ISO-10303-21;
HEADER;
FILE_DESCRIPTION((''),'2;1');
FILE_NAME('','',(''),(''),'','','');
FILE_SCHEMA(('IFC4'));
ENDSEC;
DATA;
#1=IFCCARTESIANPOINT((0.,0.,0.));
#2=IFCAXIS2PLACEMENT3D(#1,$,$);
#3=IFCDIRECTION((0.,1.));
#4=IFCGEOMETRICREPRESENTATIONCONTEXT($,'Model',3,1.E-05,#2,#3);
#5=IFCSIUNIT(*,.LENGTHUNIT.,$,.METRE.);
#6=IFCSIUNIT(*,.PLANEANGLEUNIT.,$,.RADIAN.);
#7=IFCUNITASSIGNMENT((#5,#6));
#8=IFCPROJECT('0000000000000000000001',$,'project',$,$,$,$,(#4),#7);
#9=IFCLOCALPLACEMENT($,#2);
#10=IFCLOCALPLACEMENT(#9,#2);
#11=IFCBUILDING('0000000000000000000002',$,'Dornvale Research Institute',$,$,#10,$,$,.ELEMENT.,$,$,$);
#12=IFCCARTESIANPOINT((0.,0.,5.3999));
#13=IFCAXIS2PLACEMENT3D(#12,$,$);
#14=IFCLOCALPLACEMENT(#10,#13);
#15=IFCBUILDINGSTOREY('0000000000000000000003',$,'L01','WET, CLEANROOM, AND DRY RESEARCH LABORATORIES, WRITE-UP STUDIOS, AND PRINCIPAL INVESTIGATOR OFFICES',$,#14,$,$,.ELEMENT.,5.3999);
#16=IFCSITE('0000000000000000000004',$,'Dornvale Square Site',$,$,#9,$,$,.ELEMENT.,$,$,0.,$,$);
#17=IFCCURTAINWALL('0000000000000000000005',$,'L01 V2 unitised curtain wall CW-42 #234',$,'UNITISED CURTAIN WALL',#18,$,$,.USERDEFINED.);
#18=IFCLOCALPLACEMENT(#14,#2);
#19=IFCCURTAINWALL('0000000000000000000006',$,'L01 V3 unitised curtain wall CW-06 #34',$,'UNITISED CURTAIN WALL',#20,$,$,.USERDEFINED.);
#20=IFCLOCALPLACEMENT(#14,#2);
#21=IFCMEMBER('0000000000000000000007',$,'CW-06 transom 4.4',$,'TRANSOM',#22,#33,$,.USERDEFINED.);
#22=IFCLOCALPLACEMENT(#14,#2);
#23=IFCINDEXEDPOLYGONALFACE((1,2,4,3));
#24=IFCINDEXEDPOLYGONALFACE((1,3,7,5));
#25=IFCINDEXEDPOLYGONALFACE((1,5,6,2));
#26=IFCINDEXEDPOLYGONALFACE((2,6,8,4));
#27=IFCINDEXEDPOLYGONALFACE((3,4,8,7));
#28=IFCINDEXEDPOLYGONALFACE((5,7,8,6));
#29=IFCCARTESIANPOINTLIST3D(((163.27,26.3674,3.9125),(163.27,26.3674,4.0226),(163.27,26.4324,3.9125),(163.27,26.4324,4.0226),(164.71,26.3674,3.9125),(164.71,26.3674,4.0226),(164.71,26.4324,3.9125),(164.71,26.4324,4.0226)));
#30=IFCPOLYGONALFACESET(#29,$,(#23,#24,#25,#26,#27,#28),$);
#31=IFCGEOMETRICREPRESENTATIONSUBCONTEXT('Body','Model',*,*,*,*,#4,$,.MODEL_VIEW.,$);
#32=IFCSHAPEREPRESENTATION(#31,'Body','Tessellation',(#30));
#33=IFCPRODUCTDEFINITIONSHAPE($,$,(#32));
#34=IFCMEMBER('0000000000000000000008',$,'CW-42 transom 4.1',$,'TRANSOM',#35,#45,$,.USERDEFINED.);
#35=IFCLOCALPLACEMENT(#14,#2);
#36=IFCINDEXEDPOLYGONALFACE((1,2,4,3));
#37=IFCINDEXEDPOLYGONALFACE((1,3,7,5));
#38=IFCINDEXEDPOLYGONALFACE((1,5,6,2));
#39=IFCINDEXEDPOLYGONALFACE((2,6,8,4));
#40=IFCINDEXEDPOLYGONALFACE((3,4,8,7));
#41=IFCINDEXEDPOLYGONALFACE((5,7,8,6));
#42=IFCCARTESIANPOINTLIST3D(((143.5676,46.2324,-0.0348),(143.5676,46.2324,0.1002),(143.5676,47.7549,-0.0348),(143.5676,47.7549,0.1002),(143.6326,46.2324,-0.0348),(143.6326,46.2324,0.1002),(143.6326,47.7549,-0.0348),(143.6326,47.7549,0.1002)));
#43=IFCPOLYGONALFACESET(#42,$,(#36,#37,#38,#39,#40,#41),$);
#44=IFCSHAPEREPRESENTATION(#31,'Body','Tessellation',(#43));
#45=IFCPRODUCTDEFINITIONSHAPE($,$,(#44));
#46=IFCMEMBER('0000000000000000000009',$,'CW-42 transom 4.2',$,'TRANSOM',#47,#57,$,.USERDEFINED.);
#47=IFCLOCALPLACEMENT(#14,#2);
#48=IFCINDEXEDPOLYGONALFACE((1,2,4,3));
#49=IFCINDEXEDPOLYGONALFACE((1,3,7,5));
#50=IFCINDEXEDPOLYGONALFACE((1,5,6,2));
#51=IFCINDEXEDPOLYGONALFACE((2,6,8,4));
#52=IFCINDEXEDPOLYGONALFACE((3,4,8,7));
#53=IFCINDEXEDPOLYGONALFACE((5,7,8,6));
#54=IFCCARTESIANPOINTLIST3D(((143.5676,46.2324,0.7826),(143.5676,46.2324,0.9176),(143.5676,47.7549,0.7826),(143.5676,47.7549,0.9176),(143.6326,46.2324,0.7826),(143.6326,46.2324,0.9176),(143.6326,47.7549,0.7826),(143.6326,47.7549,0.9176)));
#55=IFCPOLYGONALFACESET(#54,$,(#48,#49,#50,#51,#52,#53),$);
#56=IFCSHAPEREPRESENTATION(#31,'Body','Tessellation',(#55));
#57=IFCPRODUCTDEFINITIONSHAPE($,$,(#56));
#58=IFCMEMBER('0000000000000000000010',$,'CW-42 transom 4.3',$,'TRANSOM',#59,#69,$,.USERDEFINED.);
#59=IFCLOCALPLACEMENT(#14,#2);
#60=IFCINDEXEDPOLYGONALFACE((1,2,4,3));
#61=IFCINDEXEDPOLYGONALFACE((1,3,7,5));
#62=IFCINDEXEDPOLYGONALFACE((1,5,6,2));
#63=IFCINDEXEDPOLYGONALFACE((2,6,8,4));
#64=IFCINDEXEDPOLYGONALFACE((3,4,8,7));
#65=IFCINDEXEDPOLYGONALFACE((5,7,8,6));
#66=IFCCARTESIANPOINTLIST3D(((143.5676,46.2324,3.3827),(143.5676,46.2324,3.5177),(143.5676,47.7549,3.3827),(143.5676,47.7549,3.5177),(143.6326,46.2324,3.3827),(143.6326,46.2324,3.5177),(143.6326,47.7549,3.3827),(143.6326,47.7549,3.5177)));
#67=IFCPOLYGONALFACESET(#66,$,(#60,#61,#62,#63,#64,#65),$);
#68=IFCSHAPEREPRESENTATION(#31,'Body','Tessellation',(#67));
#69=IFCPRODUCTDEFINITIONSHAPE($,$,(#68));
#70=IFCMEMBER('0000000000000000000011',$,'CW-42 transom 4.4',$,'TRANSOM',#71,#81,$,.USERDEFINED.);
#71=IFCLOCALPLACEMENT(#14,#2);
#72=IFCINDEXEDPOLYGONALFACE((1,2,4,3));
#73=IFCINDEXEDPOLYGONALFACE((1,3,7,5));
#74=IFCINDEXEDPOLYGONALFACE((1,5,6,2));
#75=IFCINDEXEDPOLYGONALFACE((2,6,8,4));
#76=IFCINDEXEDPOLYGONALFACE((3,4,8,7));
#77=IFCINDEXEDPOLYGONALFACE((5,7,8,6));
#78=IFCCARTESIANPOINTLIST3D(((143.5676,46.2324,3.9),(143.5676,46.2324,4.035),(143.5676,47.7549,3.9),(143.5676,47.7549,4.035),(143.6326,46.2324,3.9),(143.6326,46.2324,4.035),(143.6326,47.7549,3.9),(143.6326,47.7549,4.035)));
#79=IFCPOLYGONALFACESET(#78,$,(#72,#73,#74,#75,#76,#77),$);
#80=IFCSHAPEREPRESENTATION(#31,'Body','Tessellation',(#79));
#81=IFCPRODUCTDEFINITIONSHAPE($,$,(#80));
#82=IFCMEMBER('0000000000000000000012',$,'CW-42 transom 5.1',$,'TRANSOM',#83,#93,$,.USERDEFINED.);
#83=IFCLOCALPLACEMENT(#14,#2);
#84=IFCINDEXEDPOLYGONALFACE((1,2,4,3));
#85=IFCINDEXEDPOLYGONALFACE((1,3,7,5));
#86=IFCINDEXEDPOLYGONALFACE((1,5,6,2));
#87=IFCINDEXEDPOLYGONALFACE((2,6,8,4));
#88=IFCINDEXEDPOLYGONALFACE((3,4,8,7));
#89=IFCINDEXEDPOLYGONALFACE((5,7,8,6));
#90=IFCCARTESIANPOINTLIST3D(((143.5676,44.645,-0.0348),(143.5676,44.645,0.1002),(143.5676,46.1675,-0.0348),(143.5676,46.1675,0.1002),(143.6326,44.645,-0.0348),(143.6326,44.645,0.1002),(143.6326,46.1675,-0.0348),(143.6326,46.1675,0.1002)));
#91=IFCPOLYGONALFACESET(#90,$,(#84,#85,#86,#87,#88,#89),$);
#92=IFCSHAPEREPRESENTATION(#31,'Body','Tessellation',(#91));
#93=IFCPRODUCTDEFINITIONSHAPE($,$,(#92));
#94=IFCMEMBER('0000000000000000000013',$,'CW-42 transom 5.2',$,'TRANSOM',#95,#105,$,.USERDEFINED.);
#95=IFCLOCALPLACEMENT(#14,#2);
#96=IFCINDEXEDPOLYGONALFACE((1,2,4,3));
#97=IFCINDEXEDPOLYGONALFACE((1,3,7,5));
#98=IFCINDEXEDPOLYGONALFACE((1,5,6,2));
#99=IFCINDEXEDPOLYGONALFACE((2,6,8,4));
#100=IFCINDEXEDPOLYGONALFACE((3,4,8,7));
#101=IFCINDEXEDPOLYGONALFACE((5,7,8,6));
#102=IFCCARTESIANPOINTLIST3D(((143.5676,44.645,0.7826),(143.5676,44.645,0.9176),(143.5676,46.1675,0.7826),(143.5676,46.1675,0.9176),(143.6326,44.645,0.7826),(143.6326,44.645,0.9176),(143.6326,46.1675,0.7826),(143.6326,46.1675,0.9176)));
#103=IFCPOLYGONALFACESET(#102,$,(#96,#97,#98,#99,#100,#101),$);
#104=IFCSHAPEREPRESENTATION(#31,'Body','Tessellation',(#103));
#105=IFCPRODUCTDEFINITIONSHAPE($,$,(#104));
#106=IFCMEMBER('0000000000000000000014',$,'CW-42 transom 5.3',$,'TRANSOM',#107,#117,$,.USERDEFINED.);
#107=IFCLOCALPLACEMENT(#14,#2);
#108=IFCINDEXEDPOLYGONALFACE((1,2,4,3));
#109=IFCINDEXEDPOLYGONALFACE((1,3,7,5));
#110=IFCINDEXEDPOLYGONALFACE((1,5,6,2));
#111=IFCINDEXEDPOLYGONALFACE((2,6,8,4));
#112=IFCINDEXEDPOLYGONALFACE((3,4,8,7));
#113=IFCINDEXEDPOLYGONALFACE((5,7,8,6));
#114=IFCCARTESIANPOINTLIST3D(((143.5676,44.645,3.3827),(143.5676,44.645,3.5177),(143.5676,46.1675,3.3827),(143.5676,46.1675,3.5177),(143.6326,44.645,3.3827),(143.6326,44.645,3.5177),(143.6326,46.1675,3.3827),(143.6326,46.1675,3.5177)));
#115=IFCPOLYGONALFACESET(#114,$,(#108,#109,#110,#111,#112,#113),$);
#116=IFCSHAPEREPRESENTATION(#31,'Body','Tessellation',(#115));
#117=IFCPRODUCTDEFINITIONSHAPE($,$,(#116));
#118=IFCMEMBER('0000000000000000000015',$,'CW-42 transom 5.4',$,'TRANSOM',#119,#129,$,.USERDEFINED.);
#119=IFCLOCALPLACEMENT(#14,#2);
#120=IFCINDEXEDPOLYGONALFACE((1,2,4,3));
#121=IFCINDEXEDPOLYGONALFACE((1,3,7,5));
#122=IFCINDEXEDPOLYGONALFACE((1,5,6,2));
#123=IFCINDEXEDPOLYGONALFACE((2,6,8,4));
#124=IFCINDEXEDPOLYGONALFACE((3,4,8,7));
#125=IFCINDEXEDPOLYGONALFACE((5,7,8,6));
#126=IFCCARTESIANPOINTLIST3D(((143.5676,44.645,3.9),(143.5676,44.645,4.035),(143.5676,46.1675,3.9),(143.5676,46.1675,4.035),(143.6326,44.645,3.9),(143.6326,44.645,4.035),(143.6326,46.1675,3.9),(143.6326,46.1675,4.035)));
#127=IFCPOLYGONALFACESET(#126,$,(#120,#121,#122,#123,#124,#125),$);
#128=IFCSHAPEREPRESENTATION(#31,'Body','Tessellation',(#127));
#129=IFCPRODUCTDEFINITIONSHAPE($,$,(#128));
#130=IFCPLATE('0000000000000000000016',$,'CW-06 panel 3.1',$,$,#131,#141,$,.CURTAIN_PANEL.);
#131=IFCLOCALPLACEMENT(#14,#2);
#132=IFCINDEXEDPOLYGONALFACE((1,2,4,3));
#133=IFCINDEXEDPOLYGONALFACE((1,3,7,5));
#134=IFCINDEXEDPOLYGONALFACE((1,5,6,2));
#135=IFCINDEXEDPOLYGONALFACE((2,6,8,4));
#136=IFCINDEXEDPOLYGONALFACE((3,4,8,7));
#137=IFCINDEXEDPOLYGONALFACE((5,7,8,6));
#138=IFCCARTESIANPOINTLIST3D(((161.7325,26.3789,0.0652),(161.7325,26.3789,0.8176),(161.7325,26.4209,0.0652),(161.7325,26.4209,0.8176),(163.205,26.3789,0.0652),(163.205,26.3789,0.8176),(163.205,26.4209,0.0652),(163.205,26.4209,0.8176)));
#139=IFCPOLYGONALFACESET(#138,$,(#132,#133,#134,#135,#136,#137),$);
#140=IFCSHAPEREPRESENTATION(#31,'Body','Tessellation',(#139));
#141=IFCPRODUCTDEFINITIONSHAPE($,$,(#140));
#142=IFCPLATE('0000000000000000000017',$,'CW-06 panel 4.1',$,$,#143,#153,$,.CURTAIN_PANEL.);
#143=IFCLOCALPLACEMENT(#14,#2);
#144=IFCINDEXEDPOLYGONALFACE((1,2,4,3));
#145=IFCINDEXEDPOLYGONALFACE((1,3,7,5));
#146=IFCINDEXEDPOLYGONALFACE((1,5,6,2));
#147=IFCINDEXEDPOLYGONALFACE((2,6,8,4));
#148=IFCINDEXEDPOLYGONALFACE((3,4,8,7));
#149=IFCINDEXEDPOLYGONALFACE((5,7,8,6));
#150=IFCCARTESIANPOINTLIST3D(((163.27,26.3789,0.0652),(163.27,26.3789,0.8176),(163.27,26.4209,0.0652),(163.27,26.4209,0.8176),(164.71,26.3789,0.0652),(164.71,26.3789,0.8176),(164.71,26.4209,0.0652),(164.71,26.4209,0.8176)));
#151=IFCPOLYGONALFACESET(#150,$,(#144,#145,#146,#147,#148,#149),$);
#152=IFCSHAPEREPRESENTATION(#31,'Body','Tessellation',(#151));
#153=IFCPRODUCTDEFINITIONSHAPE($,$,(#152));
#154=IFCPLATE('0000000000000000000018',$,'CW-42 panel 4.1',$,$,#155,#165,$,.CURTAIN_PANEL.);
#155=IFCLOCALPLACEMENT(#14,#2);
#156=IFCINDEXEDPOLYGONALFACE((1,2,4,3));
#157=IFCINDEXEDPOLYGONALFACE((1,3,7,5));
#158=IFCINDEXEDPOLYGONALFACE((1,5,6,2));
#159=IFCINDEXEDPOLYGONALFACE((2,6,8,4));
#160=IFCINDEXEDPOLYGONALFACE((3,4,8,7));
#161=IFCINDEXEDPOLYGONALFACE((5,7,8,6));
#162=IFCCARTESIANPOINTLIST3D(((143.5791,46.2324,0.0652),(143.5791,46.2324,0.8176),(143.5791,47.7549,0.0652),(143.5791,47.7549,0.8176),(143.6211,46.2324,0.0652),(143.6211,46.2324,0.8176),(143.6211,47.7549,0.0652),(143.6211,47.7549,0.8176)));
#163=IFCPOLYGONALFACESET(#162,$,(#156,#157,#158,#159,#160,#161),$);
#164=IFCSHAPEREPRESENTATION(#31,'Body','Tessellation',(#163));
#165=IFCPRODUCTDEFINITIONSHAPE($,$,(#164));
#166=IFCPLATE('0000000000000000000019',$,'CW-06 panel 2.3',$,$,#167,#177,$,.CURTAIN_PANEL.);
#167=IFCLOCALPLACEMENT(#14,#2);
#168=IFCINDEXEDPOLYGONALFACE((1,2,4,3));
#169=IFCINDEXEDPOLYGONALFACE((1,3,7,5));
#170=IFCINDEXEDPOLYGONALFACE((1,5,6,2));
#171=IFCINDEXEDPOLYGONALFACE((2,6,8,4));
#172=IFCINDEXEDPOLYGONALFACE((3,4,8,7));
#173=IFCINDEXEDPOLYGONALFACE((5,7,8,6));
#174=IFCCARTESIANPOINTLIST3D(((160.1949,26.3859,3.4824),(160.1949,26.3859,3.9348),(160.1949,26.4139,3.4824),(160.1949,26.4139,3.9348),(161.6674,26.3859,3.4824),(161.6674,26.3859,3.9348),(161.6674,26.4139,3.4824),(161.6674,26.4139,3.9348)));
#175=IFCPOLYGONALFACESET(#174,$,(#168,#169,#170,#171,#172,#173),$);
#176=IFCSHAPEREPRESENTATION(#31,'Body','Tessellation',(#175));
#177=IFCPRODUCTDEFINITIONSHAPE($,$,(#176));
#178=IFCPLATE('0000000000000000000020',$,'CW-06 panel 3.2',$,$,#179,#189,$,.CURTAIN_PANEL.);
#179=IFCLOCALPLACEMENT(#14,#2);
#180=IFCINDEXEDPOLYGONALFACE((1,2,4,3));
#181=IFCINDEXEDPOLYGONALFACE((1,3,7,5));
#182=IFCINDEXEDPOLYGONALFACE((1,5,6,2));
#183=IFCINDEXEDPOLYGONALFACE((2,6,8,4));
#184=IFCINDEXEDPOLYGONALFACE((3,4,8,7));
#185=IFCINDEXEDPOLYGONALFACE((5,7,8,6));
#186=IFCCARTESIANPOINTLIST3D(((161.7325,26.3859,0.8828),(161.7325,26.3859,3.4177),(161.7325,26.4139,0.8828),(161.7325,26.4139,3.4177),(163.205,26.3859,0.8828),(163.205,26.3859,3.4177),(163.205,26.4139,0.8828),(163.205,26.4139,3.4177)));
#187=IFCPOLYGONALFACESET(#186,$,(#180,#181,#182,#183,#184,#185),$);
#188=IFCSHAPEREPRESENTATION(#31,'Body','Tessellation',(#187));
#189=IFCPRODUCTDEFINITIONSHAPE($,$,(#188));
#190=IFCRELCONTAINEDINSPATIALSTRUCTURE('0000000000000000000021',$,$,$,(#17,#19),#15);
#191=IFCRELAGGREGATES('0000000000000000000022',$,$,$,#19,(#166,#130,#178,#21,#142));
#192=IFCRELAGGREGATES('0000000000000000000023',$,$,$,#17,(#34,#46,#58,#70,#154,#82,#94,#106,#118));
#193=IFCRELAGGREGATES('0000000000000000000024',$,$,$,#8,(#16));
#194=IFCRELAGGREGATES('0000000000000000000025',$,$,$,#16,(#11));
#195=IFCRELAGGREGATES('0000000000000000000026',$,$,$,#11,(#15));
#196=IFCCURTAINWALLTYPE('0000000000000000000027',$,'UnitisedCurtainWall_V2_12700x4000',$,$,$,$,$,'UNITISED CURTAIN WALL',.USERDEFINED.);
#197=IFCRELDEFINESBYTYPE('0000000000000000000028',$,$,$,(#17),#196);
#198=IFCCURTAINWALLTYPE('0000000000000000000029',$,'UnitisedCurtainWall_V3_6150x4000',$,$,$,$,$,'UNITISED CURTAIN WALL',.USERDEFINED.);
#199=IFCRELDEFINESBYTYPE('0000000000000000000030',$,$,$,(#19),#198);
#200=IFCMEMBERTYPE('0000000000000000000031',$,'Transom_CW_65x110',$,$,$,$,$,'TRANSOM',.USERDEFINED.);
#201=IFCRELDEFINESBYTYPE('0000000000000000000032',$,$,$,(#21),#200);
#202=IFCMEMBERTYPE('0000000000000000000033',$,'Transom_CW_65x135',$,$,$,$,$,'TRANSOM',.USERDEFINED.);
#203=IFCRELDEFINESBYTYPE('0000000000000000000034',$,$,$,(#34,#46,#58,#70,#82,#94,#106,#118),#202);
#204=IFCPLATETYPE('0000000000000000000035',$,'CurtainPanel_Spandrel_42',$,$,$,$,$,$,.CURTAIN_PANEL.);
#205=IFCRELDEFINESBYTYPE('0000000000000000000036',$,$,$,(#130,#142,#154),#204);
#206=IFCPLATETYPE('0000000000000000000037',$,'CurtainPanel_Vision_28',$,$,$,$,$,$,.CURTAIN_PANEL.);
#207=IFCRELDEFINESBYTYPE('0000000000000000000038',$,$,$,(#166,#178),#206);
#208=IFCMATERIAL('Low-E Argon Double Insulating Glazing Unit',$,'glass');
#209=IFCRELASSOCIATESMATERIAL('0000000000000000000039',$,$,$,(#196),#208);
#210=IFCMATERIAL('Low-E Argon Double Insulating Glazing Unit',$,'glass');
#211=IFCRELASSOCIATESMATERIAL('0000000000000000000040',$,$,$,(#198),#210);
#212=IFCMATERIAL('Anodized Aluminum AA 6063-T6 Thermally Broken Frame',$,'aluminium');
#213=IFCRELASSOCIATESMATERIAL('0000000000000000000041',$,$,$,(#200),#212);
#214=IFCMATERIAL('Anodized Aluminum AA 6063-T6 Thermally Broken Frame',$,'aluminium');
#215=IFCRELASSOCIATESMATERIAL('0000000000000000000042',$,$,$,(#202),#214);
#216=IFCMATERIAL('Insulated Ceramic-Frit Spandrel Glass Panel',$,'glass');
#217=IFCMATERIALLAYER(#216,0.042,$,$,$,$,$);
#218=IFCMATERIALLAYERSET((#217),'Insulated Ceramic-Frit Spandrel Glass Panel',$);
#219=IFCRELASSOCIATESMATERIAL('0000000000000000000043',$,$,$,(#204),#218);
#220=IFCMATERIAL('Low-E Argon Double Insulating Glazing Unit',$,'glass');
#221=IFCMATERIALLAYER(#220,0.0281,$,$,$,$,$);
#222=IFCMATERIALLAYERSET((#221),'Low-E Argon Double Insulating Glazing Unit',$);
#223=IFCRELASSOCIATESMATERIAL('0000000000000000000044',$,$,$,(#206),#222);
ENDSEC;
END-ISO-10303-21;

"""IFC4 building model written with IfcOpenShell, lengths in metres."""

from ifc_helpers import new_model, si_unit, direction, frame, origin, origin_2d, place, context, subcontext, project, spatial, rectangle, extrude, material, layer, layer_set, material_profile, profile_set, type_object, element, aggregate, save


model = new_model("IFC4")

# Units and contexts
model_context = context("Model", 3, precision=1e-05, world=origin(), true_north=direction((0.0, 1.0)))
body_context = subcontext(model_context, "Body", "Model", "MODEL_VIEW")
ifc_project = project(units=[si_unit("LENGTHUNIT", "METRE"), si_unit("PLANEANGLEUNIT", "RADIAN")], contexts=[model_context])

# Site, building, storey
site_placement = place(None, origin())
site = spatial("IfcSite", under=ifc_project, at=site_placement, Name="Dornvale Square Site", CompositionType="ELEMENT", RefElevation=0.0)
building_placement = place(site_placement, origin())
building = spatial("IfcBuilding", under=site, at=building_placement, Name="Dornvale Research Institute", CompositionType="ELEMENT")
storey_placement = place(building_placement, frame((0.0, 0.0, 5.3999)))
storey = spatial("IfcBuildingStorey", under=building, at=storey_placement, Name="L01", Description="WET, CLEANROOM, AND DRY RESEARCH LABORATORIES, WRITE-UP STUDIOS, AND PRINCIPAL INVESTIGATOR OFFICES", CompositionType="ELEMENT", Elevation=5.3999)

# Curtain wall
ifc_material_1 = material(Name="Low-E Argon Double Insulating Glazing Unit", Category="glass")
curtain_wall_type_1 = type_object("IfcCurtainWallType", Name="UnitisedCurtainWall_V2_12700x4000", ElementType="UNITISED CURTAIN WALL", PredefinedType="USERDEFINED", material=ifc_material_1)
curtain_wall_1_placement = place(storey_placement, origin())
curtain_wall_1 = element("IfcCurtainWall", 1, at=curtain_wall_1_placement, inside=storey, type_object=curtain_wall_type_1, Name="L01 V2 unitised curtain wall CW-42 #234", ObjectType="UNITISED CURTAIN WALL", PredefinedType="USERDEFINED")

# Curtain wall
ifc_material_2 = material(Name="Low-E Argon Double Insulating Glazing Unit", Category="glass")
curtain_wall_type_2 = type_object("IfcCurtainWallType", Name="UnitisedCurtainWall_V3_6150x4000", ElementType="UNITISED CURTAIN WALL", PredefinedType="USERDEFINED", material=ifc_material_2)
curtain_wall_2_placement = place(storey_placement, origin())
curtain_wall_2 = element("IfcCurtainWall", 2, at=curtain_wall_2_placement, inside=storey, type_object=curtain_wall_type_2, Name="L01 V3 unitised curtain wall CW-06 #34", ObjectType="UNITISED CURTAIN WALL", PredefinedType="USERDEFINED")

# Members
ifc_material_3 = material(Name="Anodized Aluminum AA 6063-T6 Thermally Broken Frame", Category="aluminium")
ifc_material_profile_1 = material_profile(ifc_material_3, rectangle(XDim=0.0649, YDim=0.1101, at=origin_2d()), Name="ALU TRANSOM 65x110")
ifc_profile_set_1 = profile_set([ifc_material_profile_1], Name="Anodized Aluminum AA 6063-T6 Thermally Broken Frame")
member_type_1 = type_object("IfcMemberType", Name="Transom_CW_65x110", ElementType="TRANSOM", PredefinedType="USERDEFINED", material=ifc_profile_set_1)
member_1_placement = place(storey_placement, frame((163.27, 26.3999, 3.9675), z_axis=(1.0, 0.0, 0.0), x_axis=(0.0, 1.0, 0.0)))
member_1 = element("IfcMember", 3, at=member_1_placement, type_object=member_type_1, Name="CW-06 transom 4.4", ObjectType="TRANSOM", PredefinedType="USERDEFINED", context=body_context, shape_type="SweptSolid", body=[
    extrude(rectangle(XDim=0.0649, YDim=0.1101, at=origin_2d()), origin(), (0.0, 0.0, 1.0), 1.4399),
])
ifc_material_4 = material(Name="Anodized Aluminum AA 6063-T6 Thermally Broken Frame", Category="aluminium")
ifc_material_profile_2 = material_profile(ifc_material_4, rectangle(XDim=0.0649, YDim=0.135, at=origin_2d()), Name="ALU TRANSOM 65x135")
ifc_profile_set_2 = profile_set([ifc_material_profile_2], Name="Anodized Aluminum AA 6063-T6 Thermally Broken Frame")
member_type_2 = type_object("IfcMemberType", Name="Transom_CW_65x135", ElementType="TRANSOM", PredefinedType="USERDEFINED", material=ifc_profile_set_2)
member_2_placement = place(storey_placement, frame((143.6001, 47.7549, 0.0327), z_axis=(0.0, -1.0, 0.0), x_axis=(1.0, 0.0, 0.0)))
member_2 = element("IfcMember", 4, at=member_2_placement, type_object=member_type_2, Name="CW-42 transom 4.1", ObjectType="TRANSOM", PredefinedType="USERDEFINED", context=body_context, shape_type="SweptSolid", body=[
    extrude(rectangle(XDim=0.0649, YDim=0.135, at=origin_2d()), origin(), (0.0, 0.0, 1.0), 1.5225),
])
member_3_placement = place(storey_placement, frame((143.6001, 47.7549, 0.8501), z_axis=(0.0, -1.0, 0.0), x_axis=(1.0, 0.0, 0.0)))
member_3 = element("IfcMember", 5, at=member_3_placement, type_object=member_type_2, Name="CW-42 transom 4.2", ObjectType="TRANSOM", PredefinedType="USERDEFINED", context=body_context, shape_type="SweptSolid", body=[
    extrude(rectangle(XDim=0.0649, YDim=0.135, at=origin_2d()), origin(), (0.0, 0.0, 1.0), 1.5225),
])
member_4_placement = place(storey_placement, frame((143.6001, 47.7549, 3.4502), z_axis=(0.0, -1.0, 0.0), x_axis=(1.0, 0.0, 0.0)))
member_4 = element("IfcMember", 6, at=member_4_placement, type_object=member_type_2, Name="CW-42 transom 4.3", ObjectType="TRANSOM", PredefinedType="USERDEFINED", context=body_context, shape_type="SweptSolid", body=[
    extrude(rectangle(XDim=0.0649, YDim=0.135, at=origin_2d()), origin(), (0.0, 0.0, 1.0), 1.5225),
])
member_5_placement = place(storey_placement, frame((143.6001, 47.7549, 3.9675), z_axis=(0.0, -1.0, 0.0), x_axis=(1.0, 0.0, 0.0)))
member_5 = element("IfcMember", 7, at=member_5_placement, type_object=member_type_2, Name="CW-42 transom 4.4", ObjectType="TRANSOM", PredefinedType="USERDEFINED", context=body_context, shape_type="SweptSolid", body=[
    extrude(rectangle(XDim=0.0649, YDim=0.135, at=origin_2d()), origin(), (0.0, 0.0, 1.0), 1.5225),
])
member_6_placement = place(storey_placement, frame((143.6001, 46.1675, 0.0327), z_axis=(0.0, -1.0, 0.0), x_axis=(1.0, 0.0, 0.0)))
member_6 = element("IfcMember", 8, at=member_6_placement, type_object=member_type_2, Name="CW-42 transom 5.1", ObjectType="TRANSOM", PredefinedType="USERDEFINED", context=body_context, shape_type="SweptSolid", body=[
    extrude(rectangle(XDim=0.0649, YDim=0.135, at=origin_2d()), origin(), (0.0, 0.0, 1.0), 1.5225),
])
member_7_placement = place(storey_placement, frame((143.6001, 46.1675, 0.8501), z_axis=(0.0, -1.0, 0.0), x_axis=(1.0, 0.0, 0.0)))
member_7 = element("IfcMember", 9, at=member_7_placement, type_object=member_type_2, Name="CW-42 transom 5.2", ObjectType="TRANSOM", PredefinedType="USERDEFINED", context=body_context, shape_type="SweptSolid", body=[
    extrude(rectangle(XDim=0.0649, YDim=0.135, at=origin_2d()), origin(), (0.0, 0.0, 1.0), 1.5225),
])
member_8_placement = place(storey_placement, frame((143.6001, 46.1675, 3.4502), z_axis=(0.0, -1.0, 0.0), x_axis=(1.0, 0.0, 0.0)))
member_8 = element("IfcMember", 10, at=member_8_placement, type_object=member_type_2, Name="CW-42 transom 5.3", ObjectType="TRANSOM", PredefinedType="USERDEFINED", context=body_context, shape_type="SweptSolid", body=[
    extrude(rectangle(XDim=0.0649, YDim=0.135, at=origin_2d()), origin(), (0.0, 0.0, 1.0), 1.5225),
])
member_9_placement = place(storey_placement, frame((143.6001, 46.1675, 3.9675), z_axis=(0.0, -1.0, 0.0), x_axis=(1.0, 0.0, 0.0)))
member_9 = element("IfcMember", 11, at=member_9_placement, type_object=member_type_2, Name="CW-42 transom 5.4", ObjectType="TRANSOM", PredefinedType="USERDEFINED", context=body_context, shape_type="SweptSolid", body=[
    extrude(rectangle(XDim=0.0649, YDim=0.135, at=origin_2d()), origin(), (0.0, 0.0, 1.0), 1.5225),
])

# Plates
ifc_material_5 = material(Name="Insulated Ceramic-Frit Spandrel Glass Panel", Category="glass")
ifc_layer_1 = layer(ifc_material_5, 0.042)
ifc_layer_set_1 = layer_set([ifc_layer_1], Name="Insulated Ceramic-Frit Spandrel Glass Panel")
plate_type_1 = type_object("IfcPlateType", Name="CurtainPanel_Spandrel_42", PredefinedType="CURTAIN_PANEL", material=ifc_layer_set_1)
plate_1_placement = place(storey_placement, frame((162.4688, 26.3999, 0.0652), z_axis=(0.0, 0.0, 1.0), x_axis=(1.0, 0.0, 0.0)))
plate_1 = element("IfcPlate", 12, at=plate_1_placement, type_object=plate_type_1, Name="CW-06 panel 3.1", PredefinedType="CURTAIN_PANEL", context=body_context, shape_type="SweptSolid", body=[
    extrude(rectangle(XDim=1.4724, YDim=0.042, at=origin_2d()), origin(), (0.0, 0.0, 1.0), 0.7524),
])
plate_2_placement = place(storey_placement, frame((163.99, 26.3999, 0.0652), z_axis=(0.0, 0.0, 1.0), x_axis=(1.0, 0.0, 0.0)))
plate_2 = element("IfcPlate", 13, at=plate_2_placement, type_object=plate_type_1, Name="CW-06 panel 4.1", PredefinedType="CURTAIN_PANEL", context=body_context, shape_type="SweptSolid", body=[
    extrude(rectangle(XDim=1.4399, YDim=0.042, at=origin_2d()), origin(), (0.0, 0.0, 1.0), 0.7524),
])
plate_3_placement = place(storey_placement, frame((143.6001, 46.9937, 0.0652), z_axis=(0.0, 0.0, 1.0), x_axis=(0.0, -1.0, 0.0)))
plate_3 = element("IfcPlate", 14, at=plate_3_placement, type_object=plate_type_1, Name="CW-42 panel 4.1", PredefinedType="CURTAIN_PANEL", context=body_context, shape_type="SweptSolid", body=[
    extrude(rectangle(XDim=1.5225, YDim=0.042, at=origin_2d()), origin(), (0.0, 0.0, 1.0), 0.7524),
])
ifc_material_6 = material(Name="Low-E Argon Double Insulating Glazing Unit", Category="glass")
ifc_layer_2 = layer(ifc_material_6, 0.0281)
ifc_layer_set_2 = layer_set([ifc_layer_2], Name="Low-E Argon Double Insulating Glazing Unit")
plate_type_2 = type_object("IfcPlateType", Name="CurtainPanel_Vision_28", PredefinedType="CURTAIN_PANEL", material=ifc_layer_set_2)
plate_4_placement = place(storey_placement, frame((160.9312, 26.3999, 3.4824), z_axis=(0.0, 0.0, 1.0), x_axis=(1.0, 0.0, 0.0)))
plate_4 = element("IfcPlate", 15, at=plate_4_placement, type_object=plate_type_2, Name="CW-06 panel 2.3", PredefinedType="CURTAIN_PANEL", context=body_context, shape_type="SweptSolid", body=[
    extrude(rectangle(XDim=1.4724, YDim=0.0281, at=origin_2d()), origin(), (0.0, 0.0, 1.0), 0.4524),
])
plate_5_placement = place(storey_placement, frame((162.4688, 26.3999, 0.8828), z_axis=(0.0, 0.0, 1.0), x_axis=(1.0, 0.0, 0.0)))
plate_5 = element("IfcPlate", 16, at=plate_5_placement, type_object=plate_type_2, Name="CW-06 panel 3.2", PredefinedType="CURTAIN_PANEL", context=body_context, shape_type="SweptSolid", body=[
    extrude(rectangle(XDim=1.4724, YDim=0.0281, at=origin_2d()), origin(), (0.0, 0.0, 1.0), 2.5349),
])
aggregate(curtain_wall_2, [plate_4, plate_1, plate_5, member_1, plate_2])
aggregate(curtain_wall_1, [member_2, member_3, member_4, member_5, plate_3, member_6, member_7, member_8, member_9])

save(model, "model.ifc")
